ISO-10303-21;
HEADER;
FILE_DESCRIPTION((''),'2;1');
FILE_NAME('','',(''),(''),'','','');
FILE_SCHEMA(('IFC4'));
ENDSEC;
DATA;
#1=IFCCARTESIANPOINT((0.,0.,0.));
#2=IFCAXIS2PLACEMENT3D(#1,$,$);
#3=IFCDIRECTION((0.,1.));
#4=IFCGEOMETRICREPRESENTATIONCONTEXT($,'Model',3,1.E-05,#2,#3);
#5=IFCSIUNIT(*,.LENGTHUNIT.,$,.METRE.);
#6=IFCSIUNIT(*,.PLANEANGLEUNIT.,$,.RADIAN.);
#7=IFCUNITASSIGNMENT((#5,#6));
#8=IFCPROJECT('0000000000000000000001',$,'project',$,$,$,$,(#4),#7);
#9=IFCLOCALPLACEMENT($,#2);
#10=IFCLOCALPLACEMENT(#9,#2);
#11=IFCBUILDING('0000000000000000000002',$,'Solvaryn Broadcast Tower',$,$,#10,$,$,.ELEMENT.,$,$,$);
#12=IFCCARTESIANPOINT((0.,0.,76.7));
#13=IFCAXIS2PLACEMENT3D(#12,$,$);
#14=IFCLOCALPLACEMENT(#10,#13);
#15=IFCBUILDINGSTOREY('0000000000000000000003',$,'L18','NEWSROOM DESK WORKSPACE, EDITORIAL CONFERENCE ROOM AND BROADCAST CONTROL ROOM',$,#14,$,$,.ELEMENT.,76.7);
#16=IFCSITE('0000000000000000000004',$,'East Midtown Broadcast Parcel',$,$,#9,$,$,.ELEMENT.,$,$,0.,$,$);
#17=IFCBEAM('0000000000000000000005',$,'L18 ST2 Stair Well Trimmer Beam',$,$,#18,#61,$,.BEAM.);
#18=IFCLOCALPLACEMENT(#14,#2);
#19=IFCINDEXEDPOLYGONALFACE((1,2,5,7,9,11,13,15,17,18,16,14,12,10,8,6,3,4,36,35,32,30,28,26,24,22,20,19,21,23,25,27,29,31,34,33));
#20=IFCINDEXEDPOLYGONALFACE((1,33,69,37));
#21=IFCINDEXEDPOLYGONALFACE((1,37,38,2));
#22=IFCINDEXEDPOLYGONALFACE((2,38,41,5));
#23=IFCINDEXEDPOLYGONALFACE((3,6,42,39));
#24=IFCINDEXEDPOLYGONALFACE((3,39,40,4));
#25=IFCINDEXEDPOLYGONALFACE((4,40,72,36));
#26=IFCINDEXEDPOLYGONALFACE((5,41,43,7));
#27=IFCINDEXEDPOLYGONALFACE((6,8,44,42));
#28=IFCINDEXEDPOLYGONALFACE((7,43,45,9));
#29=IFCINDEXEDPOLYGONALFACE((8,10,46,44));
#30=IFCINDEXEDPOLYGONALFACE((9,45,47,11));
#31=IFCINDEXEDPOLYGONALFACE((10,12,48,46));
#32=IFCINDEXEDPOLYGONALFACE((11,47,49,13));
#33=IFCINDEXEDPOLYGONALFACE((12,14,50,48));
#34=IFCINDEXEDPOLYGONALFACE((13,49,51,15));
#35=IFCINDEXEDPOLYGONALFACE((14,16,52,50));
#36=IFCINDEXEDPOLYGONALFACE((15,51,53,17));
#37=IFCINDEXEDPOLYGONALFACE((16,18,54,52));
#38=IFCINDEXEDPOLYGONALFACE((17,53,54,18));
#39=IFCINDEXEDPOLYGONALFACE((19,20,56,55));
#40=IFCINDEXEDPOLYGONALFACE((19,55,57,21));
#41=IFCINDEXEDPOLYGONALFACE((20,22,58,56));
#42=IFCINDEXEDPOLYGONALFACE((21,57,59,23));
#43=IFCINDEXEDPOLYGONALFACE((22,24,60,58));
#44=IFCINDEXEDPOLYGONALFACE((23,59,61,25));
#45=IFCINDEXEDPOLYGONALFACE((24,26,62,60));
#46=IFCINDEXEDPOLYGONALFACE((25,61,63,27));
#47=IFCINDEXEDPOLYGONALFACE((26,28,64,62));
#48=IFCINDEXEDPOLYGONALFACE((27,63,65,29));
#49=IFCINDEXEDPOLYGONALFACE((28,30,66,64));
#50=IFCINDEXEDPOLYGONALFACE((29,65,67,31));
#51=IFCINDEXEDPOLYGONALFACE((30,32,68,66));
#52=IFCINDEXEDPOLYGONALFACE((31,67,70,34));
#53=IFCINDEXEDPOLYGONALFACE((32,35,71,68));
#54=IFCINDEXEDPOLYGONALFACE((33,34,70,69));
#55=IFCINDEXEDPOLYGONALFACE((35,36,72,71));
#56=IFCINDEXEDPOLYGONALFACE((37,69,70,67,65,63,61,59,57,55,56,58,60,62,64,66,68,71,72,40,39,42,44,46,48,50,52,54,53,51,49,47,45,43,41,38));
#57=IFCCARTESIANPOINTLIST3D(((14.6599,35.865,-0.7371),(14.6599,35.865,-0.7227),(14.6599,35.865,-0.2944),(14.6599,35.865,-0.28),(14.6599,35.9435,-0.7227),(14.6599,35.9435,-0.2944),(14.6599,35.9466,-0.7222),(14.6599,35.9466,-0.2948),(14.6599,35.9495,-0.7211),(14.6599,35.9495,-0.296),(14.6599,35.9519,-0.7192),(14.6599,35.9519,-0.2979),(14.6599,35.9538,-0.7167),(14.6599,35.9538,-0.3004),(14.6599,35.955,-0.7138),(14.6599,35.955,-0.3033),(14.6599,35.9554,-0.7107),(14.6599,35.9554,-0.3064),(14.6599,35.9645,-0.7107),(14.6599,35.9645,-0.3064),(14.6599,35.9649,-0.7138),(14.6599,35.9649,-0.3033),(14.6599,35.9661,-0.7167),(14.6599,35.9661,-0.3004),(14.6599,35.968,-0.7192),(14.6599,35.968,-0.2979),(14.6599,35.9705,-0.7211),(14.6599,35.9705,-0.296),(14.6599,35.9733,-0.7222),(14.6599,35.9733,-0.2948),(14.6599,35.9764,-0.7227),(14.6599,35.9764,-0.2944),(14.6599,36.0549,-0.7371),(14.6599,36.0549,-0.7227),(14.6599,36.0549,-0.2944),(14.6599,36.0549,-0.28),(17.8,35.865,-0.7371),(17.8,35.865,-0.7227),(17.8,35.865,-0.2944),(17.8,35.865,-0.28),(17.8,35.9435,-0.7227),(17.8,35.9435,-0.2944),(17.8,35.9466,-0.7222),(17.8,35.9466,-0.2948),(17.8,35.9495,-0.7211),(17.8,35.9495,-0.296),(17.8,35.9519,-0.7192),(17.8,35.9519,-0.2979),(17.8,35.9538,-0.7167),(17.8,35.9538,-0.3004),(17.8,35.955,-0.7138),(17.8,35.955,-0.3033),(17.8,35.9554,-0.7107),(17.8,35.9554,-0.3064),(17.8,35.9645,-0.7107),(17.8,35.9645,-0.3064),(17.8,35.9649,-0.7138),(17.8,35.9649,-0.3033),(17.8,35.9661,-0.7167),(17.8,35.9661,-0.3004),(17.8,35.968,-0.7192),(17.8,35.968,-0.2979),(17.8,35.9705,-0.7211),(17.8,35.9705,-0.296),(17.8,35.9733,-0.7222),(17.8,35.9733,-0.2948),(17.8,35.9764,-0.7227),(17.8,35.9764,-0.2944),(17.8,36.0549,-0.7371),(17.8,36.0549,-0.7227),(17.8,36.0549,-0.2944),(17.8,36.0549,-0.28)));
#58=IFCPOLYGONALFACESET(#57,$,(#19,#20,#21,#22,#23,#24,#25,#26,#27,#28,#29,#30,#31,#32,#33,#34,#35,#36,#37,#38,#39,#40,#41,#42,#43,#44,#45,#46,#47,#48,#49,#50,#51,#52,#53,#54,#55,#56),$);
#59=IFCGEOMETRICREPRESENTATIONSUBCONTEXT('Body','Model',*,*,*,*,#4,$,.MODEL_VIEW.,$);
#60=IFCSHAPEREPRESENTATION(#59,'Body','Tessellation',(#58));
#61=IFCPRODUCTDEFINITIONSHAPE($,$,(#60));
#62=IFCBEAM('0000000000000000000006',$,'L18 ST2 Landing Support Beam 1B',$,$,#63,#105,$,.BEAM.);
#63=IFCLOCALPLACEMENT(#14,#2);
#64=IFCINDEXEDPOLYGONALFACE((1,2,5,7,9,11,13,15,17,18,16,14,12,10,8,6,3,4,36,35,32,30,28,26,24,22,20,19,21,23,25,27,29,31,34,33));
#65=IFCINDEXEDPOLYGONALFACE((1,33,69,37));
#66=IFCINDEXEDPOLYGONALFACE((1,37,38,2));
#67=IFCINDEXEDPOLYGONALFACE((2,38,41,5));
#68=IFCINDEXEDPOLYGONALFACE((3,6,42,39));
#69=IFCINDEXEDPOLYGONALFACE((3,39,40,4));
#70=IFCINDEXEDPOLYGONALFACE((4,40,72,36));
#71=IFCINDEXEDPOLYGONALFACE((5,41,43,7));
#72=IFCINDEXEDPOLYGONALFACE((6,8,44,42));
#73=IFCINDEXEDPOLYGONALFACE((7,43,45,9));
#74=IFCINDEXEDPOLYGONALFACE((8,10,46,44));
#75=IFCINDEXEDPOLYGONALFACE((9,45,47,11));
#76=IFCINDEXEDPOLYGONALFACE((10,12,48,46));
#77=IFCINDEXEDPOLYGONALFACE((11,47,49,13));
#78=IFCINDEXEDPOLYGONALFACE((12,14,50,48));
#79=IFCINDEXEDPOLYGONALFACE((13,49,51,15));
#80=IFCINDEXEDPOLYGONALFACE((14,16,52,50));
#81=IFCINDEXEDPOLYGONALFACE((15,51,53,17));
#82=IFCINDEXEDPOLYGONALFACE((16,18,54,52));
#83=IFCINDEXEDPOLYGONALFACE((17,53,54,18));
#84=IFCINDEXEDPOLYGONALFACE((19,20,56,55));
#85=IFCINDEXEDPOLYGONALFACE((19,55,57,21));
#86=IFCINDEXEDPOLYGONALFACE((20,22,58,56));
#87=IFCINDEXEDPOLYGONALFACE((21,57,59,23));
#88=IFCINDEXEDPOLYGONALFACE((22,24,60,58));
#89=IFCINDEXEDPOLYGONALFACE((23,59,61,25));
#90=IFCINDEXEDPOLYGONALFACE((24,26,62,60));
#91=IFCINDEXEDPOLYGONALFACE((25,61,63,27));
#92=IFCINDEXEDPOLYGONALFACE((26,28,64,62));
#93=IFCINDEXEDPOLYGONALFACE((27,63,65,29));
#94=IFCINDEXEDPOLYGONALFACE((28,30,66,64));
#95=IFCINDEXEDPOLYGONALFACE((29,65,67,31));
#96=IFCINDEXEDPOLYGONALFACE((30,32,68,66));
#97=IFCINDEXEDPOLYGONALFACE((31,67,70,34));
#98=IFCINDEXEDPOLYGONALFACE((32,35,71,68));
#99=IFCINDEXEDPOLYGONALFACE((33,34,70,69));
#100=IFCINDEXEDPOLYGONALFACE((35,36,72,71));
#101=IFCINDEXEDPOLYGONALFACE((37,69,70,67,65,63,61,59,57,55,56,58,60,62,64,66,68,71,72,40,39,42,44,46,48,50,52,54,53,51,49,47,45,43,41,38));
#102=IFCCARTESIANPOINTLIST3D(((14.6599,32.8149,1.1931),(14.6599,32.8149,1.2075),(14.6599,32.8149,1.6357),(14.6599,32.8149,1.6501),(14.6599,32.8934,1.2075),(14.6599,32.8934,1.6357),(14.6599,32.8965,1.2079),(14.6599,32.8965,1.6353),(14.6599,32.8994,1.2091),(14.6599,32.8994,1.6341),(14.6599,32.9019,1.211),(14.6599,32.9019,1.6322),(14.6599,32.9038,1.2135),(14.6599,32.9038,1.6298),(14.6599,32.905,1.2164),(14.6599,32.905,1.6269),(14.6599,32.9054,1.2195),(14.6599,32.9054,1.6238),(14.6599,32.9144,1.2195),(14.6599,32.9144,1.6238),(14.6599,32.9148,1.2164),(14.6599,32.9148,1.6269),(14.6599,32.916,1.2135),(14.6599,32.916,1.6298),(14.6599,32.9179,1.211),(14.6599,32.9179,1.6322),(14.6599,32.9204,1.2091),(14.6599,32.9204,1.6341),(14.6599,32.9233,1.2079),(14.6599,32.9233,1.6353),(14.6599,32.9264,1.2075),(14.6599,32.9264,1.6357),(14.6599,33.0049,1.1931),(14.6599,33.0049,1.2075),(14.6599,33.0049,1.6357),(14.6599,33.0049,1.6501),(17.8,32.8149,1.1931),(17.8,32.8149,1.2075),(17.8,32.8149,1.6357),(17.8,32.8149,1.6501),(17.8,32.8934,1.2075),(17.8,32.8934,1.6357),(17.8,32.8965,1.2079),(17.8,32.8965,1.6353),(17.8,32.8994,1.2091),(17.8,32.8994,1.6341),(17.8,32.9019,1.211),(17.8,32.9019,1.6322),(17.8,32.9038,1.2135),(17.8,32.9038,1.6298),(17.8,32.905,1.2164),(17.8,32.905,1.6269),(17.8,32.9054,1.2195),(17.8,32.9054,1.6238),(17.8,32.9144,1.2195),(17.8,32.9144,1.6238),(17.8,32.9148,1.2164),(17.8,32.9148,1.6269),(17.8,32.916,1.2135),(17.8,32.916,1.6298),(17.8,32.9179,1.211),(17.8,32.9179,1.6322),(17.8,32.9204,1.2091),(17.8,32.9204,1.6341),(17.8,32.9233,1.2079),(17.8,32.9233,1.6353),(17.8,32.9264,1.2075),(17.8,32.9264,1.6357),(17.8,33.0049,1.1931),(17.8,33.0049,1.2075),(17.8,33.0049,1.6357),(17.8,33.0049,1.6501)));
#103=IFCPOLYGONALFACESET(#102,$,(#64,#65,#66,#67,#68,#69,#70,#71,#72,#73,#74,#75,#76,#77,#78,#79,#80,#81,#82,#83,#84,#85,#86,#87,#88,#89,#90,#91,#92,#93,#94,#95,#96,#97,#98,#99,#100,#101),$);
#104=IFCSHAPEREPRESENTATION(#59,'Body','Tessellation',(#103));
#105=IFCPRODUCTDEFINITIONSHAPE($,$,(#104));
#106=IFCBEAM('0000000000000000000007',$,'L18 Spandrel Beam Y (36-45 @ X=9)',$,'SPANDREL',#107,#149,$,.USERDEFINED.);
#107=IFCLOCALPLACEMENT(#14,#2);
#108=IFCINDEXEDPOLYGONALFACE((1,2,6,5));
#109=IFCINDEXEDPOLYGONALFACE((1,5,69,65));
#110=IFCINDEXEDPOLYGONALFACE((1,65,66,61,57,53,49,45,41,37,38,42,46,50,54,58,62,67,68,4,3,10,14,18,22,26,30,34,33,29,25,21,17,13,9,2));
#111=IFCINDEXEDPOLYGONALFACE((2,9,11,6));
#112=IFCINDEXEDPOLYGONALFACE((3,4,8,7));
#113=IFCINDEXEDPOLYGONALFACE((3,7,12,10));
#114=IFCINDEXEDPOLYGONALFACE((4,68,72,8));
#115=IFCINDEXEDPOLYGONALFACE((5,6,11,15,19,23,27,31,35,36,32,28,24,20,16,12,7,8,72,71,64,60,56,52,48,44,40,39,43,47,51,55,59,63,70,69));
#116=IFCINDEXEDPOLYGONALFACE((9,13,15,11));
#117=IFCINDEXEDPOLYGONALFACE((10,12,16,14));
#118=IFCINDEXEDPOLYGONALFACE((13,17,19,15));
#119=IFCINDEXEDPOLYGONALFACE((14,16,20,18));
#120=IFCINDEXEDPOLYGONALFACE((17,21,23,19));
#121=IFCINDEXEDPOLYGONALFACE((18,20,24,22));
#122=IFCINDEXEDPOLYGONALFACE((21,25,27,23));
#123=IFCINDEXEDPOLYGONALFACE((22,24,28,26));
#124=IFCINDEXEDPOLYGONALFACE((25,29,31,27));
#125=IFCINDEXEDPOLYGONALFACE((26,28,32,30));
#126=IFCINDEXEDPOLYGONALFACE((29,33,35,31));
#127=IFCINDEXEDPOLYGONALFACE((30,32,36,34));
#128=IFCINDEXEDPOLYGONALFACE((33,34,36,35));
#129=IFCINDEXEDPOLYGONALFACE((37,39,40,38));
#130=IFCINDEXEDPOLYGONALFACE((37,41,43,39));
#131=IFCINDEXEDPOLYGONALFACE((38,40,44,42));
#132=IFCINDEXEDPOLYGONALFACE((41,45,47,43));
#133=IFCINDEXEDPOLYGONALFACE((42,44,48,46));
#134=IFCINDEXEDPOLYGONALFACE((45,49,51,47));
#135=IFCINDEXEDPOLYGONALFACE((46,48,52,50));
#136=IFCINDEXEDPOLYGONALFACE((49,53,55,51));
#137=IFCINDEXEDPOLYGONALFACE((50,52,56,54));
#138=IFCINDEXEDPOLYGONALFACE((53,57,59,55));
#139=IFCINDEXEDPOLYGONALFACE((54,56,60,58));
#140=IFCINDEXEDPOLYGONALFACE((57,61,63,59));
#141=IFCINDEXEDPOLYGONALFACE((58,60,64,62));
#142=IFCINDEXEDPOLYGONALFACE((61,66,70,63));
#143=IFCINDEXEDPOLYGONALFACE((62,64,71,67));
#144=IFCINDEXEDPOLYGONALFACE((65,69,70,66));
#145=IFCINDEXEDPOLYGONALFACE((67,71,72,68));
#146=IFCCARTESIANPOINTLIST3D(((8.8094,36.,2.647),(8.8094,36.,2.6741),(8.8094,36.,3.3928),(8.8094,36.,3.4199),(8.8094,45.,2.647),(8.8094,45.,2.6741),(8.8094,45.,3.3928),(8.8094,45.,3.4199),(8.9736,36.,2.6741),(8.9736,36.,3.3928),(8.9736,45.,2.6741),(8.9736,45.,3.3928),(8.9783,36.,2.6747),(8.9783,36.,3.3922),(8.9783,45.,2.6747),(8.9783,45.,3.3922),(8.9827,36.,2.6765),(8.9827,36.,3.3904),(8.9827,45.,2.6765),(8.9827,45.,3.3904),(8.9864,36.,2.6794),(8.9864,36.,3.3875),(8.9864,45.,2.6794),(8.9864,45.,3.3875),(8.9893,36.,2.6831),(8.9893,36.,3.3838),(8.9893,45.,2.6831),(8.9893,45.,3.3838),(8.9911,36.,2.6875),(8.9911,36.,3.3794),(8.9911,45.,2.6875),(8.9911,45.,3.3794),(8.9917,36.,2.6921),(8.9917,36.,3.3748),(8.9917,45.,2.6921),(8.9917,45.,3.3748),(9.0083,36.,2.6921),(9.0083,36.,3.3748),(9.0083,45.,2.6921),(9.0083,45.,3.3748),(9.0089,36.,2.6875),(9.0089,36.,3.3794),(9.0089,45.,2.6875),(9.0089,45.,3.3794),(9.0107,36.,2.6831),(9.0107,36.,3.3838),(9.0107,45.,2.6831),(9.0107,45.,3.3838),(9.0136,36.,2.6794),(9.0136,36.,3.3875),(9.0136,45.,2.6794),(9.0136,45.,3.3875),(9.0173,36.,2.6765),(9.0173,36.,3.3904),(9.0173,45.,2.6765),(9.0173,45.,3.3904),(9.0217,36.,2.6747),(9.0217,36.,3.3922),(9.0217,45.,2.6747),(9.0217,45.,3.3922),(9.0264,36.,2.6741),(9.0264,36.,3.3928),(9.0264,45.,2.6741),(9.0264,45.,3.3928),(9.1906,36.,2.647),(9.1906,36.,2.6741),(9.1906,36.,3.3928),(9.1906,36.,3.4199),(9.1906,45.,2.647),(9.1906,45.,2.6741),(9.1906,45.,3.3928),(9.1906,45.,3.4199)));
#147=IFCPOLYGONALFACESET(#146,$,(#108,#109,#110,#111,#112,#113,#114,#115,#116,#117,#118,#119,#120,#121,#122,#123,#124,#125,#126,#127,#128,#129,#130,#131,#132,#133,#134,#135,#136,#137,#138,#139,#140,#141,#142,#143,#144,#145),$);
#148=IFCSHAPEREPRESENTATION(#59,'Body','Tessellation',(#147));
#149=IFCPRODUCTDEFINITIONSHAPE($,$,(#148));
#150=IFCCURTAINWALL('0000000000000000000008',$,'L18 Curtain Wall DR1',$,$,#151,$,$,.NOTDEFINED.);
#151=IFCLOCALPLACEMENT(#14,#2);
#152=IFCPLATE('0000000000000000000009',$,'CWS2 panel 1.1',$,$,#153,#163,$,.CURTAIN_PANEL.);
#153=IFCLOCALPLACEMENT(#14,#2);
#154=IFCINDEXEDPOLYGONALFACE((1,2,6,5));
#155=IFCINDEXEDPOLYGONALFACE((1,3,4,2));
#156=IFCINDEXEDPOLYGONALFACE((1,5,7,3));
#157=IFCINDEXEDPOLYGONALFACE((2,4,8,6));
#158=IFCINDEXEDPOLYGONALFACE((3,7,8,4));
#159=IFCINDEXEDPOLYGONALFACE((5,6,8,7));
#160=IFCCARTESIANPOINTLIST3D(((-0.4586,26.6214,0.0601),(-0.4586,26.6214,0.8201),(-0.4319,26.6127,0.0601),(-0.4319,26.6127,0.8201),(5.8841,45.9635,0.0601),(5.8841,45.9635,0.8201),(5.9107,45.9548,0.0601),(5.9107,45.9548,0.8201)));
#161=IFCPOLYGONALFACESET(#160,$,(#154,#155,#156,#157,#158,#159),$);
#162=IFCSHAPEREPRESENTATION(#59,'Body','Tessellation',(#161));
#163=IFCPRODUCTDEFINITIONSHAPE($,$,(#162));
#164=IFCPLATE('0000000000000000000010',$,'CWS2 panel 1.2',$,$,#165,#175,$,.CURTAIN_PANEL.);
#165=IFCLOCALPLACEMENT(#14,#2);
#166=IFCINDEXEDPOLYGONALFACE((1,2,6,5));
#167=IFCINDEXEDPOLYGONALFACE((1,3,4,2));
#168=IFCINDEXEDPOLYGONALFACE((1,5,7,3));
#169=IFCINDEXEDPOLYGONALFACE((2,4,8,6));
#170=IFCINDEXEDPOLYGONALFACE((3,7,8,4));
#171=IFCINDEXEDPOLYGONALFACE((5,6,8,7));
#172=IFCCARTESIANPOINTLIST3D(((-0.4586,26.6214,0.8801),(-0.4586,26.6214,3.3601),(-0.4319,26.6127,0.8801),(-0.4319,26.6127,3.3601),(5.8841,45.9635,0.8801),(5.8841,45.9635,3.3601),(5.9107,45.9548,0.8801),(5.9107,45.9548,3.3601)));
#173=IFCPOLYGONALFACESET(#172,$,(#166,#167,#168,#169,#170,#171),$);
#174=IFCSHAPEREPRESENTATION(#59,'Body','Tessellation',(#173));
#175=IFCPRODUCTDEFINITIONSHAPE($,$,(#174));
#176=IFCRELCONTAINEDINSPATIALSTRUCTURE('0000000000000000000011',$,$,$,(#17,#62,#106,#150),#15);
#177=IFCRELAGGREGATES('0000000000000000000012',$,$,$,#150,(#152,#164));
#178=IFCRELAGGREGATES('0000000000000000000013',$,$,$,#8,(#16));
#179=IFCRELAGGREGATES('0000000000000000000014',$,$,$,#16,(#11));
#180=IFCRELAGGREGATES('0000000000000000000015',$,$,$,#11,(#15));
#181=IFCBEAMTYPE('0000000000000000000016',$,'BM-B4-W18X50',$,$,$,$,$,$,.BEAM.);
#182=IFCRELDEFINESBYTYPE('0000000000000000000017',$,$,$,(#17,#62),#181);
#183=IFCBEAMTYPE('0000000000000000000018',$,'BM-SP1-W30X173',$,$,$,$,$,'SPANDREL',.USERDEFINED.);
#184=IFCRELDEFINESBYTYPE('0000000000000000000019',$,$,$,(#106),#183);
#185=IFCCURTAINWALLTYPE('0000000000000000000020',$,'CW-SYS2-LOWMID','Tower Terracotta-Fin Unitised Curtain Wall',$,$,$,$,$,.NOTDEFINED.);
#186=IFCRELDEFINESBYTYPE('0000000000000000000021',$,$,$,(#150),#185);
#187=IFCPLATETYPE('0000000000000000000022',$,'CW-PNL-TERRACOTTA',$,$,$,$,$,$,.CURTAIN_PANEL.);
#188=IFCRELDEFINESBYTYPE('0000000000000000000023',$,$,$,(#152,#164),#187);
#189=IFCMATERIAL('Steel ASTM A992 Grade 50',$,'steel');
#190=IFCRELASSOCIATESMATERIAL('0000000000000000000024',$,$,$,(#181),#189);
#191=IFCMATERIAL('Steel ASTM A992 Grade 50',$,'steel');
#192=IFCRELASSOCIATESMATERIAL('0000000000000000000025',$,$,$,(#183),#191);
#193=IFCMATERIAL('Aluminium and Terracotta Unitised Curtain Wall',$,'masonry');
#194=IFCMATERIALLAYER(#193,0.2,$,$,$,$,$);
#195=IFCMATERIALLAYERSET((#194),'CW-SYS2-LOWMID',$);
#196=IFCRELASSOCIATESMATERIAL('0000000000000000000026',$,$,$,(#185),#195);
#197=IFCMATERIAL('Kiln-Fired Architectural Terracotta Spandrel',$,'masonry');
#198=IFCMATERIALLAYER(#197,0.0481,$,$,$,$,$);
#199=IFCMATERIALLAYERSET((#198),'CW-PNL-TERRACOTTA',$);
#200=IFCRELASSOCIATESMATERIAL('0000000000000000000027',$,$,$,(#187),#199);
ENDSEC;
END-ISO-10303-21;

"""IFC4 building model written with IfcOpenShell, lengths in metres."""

from ifc_helpers import new_model, si_unit, direction, frame, origin, origin_2d, place, context, subcontext, project, spatial, rectangle, i_section, extrude, material, layer, layer_set, material_profile, profile_set, type_object, element, aggregate, save


model = new_model("IFC4")

# Units and contexts
model_context = context("Model", 3, precision=1e-05, world=origin(), true_north=direction((0.0, 1.0)))
body_context = subcontext(model_context, "Body", "Model", "MODEL_VIEW")
ifc_project = project(units=[si_unit("LENGTHUNIT", "METRE"), si_unit("PLANEANGLEUNIT", "RADIAN")], contexts=[model_context])

# Site, building, storey
site_placement = place(None, origin())
site = spatial("IfcSite", under=ifc_project, at=site_placement, Name="East Midtown Broadcast Parcel", CompositionType="ELEMENT", RefElevation=0.0)
building_placement = place(site_placement, origin())
building = spatial("IfcBuilding", under=site, at=building_placement, Name="Solvaryn Broadcast Tower", CompositionType="ELEMENT")
storey_placement = place(building_placement, frame((0.0, 0.0, 76.7)))
storey = spatial("IfcBuildingStorey", under=building, at=storey_placement, Name="L18", Description="NEWSROOM DESK WORKSPACE, EDITORIAL CONFERENCE ROOM AND BROADCAST CONTROL ROOM", CompositionType="ELEMENT", Elevation=76.7)

# Beams
ifc_material_1 = material(Name="Steel ASTM A992 Grade 50", Category="steel")
ifc_material_profile_1 = material_profile(ifc_material_1, i_section(OverallWidth=0.1899, OverallDepth=0.457, WebThickness=0.009, FlangeThickness=0.0144, FilletRadius=0.012, at=origin_2d()))
ifc_profile_set_1 = profile_set([ifc_material_profile_1], Name="Steel ASTM A992 Grade 50")
beam_type_1 = type_object("IfcBeamType", Name="BM-B4-W18X50", PredefinedType="BEAM", material=ifc_profile_set_1)
for number, where, z_axis, x_axis, name in (
    (1, (14.6599, 35.96, -0.5085), (1.0, 0.0, 0.0), (0.0, 1.0, 0.0), "L18 ST2 Stair Well Trimmer Beam"),
    (2, (14.6599, 32.9099, 1.4216), (1.0, 0.0, 0.0), (0.0, 1.0, 0.0), "L18 ST2 Landing Support Beam 1B"),
):
    element("IfcBeam", number, at=place(storey_placement, frame(where, z_axis=z_axis, x_axis=x_axis)), inside=storey, type_object=beam_type_1, Name=name, PredefinedType="BEAM", context=body_context, shape_type="SweptSolid", body=[
        extrude(i_section(OverallWidth=0.1899, OverallDepth=0.457, WebThickness=0.009, FlangeThickness=0.0144, FilletRadius=0.012, at=origin_2d()), origin(), (0.0, 0.0, 1.0), 3.1401),
    ])
ifc_material_2 = material(Name="Steel ASTM A992 Grade 50", Category="steel")
ifc_material_profile_2 = material_profile(ifc_material_2, i_section(OverallWidth=0.3811, OverallDepth=0.7729, WebThickness=0.0166, FlangeThickness=0.0271, FilletRadius=0.0181, at=origin_2d()))
ifc_profile_set_2 = profile_set([ifc_material_profile_2], Name="Steel ASTM A992 Grade 50")
beam_type_2 = type_object("IfcBeamType", Name="BM-SP1-W30X173", ElementType="SPANDREL", PredefinedType="USERDEFINED", material=ifc_profile_set_2)
beam_1_placement = place(storey_placement, frame((9.0, 36.0, 3.0334), z_axis=(0.0, 1.0, 0.0), x_axis=(-1.0, 0.0, 0.0)))
element("IfcBeam", 3, at=beam_1_placement, inside=storey, type_object=beam_type_2, Name="L18 Spandrel Beam Y (36-45 @ X=9)", ObjectType="SPANDREL", PredefinedType="USERDEFINED", context=body_context, shape_type="SweptSolid", body=[
    extrude(i_section(OverallWidth=0.3811, OverallDepth=0.7729, WebThickness=0.0166, FlangeThickness=0.0271, FilletRadius=0.0181, at=origin_2d()), origin(), (0.0, 0.0, 1.0), 9.0),
])

# Curtain wall, plates
ifc_material_3 = material(Name="Aluminium and Terracotta Unitised Curtain Wall", Category="masonry")
ifc_layer_1 = layer(ifc_material_3, 0.2)
ifc_layer_set_1 = layer_set([ifc_layer_1], Name="CW-SYS2-LOWMID")
curtain_wall_type = type_object("IfcCurtainWallType", Name="CW-SYS2-LOWMID", Description="Tower Terracotta-Fin Unitised Curtain Wall", PredefinedType="NOTDEFINED", material=ifc_layer_set_1)
curtain_wall_placement = place(storey_placement, origin())
curtain_wall = element("IfcCurtainWall", 4, at=curtain_wall_placement, inside=storey, type_object=curtain_wall_type, Name="L18 Curtain Wall DR1", PredefinedType="NOTDEFINED")
ifc_material_4 = material(Name="Kiln-Fired Architectural Terracotta Spandrel", Category="masonry")
ifc_layer_2 = layer(ifc_material_4, 0.0481)
ifc_layer_set_2 = layer_set([ifc_layer_2], Name="CW-PNL-TERRACOTTA")
plate_type = type_object("IfcPlateType", Name="CW-PNL-TERRACOTTA", PredefinedType="CURTAIN_PANEL", material=ifc_layer_set_2)
plate_1_placement = place(storey_placement, frame((2.7261, 36.2881, 0.0601), z_axis=(0.0, 0.0, 1.0), x_axis=(-0.311594, -0.950215, 0.0)))
plate_1 = element("IfcPlate", 5, at=plate_1_placement, type_object=plate_type, Name="CWS2 panel 1.1", PredefinedType="CURTAIN_PANEL", context=body_context, shape_type="SweptSolid", body=[
    extrude(rectangle(XDim=20.3555, YDim=0.0281, at=origin_2d()), origin(), (0.0, 0.0, 1.0), 0.76),
])
plate_2_placement = place(storey_placement, frame((2.7261, 36.2881, 0.8801), z_axis=(0.0, 0.0, 1.0), x_axis=(-0.311594, -0.950215, 0.0)))
plate_2 = element("IfcPlate", 6, at=plate_2_placement, type_object=plate_type, Name="CWS2 panel 1.2", PredefinedType="CURTAIN_PANEL", context=body_context, shape_type="SweptSolid", body=[
    extrude(rectangle(XDim=20.3555, YDim=0.0281, at=origin_2d()), origin(), (0.0, 0.0, 1.0), 2.48),
])
aggregate(curtain_wall, [plate_1, plate_2])

save(model, "model.ifc")
